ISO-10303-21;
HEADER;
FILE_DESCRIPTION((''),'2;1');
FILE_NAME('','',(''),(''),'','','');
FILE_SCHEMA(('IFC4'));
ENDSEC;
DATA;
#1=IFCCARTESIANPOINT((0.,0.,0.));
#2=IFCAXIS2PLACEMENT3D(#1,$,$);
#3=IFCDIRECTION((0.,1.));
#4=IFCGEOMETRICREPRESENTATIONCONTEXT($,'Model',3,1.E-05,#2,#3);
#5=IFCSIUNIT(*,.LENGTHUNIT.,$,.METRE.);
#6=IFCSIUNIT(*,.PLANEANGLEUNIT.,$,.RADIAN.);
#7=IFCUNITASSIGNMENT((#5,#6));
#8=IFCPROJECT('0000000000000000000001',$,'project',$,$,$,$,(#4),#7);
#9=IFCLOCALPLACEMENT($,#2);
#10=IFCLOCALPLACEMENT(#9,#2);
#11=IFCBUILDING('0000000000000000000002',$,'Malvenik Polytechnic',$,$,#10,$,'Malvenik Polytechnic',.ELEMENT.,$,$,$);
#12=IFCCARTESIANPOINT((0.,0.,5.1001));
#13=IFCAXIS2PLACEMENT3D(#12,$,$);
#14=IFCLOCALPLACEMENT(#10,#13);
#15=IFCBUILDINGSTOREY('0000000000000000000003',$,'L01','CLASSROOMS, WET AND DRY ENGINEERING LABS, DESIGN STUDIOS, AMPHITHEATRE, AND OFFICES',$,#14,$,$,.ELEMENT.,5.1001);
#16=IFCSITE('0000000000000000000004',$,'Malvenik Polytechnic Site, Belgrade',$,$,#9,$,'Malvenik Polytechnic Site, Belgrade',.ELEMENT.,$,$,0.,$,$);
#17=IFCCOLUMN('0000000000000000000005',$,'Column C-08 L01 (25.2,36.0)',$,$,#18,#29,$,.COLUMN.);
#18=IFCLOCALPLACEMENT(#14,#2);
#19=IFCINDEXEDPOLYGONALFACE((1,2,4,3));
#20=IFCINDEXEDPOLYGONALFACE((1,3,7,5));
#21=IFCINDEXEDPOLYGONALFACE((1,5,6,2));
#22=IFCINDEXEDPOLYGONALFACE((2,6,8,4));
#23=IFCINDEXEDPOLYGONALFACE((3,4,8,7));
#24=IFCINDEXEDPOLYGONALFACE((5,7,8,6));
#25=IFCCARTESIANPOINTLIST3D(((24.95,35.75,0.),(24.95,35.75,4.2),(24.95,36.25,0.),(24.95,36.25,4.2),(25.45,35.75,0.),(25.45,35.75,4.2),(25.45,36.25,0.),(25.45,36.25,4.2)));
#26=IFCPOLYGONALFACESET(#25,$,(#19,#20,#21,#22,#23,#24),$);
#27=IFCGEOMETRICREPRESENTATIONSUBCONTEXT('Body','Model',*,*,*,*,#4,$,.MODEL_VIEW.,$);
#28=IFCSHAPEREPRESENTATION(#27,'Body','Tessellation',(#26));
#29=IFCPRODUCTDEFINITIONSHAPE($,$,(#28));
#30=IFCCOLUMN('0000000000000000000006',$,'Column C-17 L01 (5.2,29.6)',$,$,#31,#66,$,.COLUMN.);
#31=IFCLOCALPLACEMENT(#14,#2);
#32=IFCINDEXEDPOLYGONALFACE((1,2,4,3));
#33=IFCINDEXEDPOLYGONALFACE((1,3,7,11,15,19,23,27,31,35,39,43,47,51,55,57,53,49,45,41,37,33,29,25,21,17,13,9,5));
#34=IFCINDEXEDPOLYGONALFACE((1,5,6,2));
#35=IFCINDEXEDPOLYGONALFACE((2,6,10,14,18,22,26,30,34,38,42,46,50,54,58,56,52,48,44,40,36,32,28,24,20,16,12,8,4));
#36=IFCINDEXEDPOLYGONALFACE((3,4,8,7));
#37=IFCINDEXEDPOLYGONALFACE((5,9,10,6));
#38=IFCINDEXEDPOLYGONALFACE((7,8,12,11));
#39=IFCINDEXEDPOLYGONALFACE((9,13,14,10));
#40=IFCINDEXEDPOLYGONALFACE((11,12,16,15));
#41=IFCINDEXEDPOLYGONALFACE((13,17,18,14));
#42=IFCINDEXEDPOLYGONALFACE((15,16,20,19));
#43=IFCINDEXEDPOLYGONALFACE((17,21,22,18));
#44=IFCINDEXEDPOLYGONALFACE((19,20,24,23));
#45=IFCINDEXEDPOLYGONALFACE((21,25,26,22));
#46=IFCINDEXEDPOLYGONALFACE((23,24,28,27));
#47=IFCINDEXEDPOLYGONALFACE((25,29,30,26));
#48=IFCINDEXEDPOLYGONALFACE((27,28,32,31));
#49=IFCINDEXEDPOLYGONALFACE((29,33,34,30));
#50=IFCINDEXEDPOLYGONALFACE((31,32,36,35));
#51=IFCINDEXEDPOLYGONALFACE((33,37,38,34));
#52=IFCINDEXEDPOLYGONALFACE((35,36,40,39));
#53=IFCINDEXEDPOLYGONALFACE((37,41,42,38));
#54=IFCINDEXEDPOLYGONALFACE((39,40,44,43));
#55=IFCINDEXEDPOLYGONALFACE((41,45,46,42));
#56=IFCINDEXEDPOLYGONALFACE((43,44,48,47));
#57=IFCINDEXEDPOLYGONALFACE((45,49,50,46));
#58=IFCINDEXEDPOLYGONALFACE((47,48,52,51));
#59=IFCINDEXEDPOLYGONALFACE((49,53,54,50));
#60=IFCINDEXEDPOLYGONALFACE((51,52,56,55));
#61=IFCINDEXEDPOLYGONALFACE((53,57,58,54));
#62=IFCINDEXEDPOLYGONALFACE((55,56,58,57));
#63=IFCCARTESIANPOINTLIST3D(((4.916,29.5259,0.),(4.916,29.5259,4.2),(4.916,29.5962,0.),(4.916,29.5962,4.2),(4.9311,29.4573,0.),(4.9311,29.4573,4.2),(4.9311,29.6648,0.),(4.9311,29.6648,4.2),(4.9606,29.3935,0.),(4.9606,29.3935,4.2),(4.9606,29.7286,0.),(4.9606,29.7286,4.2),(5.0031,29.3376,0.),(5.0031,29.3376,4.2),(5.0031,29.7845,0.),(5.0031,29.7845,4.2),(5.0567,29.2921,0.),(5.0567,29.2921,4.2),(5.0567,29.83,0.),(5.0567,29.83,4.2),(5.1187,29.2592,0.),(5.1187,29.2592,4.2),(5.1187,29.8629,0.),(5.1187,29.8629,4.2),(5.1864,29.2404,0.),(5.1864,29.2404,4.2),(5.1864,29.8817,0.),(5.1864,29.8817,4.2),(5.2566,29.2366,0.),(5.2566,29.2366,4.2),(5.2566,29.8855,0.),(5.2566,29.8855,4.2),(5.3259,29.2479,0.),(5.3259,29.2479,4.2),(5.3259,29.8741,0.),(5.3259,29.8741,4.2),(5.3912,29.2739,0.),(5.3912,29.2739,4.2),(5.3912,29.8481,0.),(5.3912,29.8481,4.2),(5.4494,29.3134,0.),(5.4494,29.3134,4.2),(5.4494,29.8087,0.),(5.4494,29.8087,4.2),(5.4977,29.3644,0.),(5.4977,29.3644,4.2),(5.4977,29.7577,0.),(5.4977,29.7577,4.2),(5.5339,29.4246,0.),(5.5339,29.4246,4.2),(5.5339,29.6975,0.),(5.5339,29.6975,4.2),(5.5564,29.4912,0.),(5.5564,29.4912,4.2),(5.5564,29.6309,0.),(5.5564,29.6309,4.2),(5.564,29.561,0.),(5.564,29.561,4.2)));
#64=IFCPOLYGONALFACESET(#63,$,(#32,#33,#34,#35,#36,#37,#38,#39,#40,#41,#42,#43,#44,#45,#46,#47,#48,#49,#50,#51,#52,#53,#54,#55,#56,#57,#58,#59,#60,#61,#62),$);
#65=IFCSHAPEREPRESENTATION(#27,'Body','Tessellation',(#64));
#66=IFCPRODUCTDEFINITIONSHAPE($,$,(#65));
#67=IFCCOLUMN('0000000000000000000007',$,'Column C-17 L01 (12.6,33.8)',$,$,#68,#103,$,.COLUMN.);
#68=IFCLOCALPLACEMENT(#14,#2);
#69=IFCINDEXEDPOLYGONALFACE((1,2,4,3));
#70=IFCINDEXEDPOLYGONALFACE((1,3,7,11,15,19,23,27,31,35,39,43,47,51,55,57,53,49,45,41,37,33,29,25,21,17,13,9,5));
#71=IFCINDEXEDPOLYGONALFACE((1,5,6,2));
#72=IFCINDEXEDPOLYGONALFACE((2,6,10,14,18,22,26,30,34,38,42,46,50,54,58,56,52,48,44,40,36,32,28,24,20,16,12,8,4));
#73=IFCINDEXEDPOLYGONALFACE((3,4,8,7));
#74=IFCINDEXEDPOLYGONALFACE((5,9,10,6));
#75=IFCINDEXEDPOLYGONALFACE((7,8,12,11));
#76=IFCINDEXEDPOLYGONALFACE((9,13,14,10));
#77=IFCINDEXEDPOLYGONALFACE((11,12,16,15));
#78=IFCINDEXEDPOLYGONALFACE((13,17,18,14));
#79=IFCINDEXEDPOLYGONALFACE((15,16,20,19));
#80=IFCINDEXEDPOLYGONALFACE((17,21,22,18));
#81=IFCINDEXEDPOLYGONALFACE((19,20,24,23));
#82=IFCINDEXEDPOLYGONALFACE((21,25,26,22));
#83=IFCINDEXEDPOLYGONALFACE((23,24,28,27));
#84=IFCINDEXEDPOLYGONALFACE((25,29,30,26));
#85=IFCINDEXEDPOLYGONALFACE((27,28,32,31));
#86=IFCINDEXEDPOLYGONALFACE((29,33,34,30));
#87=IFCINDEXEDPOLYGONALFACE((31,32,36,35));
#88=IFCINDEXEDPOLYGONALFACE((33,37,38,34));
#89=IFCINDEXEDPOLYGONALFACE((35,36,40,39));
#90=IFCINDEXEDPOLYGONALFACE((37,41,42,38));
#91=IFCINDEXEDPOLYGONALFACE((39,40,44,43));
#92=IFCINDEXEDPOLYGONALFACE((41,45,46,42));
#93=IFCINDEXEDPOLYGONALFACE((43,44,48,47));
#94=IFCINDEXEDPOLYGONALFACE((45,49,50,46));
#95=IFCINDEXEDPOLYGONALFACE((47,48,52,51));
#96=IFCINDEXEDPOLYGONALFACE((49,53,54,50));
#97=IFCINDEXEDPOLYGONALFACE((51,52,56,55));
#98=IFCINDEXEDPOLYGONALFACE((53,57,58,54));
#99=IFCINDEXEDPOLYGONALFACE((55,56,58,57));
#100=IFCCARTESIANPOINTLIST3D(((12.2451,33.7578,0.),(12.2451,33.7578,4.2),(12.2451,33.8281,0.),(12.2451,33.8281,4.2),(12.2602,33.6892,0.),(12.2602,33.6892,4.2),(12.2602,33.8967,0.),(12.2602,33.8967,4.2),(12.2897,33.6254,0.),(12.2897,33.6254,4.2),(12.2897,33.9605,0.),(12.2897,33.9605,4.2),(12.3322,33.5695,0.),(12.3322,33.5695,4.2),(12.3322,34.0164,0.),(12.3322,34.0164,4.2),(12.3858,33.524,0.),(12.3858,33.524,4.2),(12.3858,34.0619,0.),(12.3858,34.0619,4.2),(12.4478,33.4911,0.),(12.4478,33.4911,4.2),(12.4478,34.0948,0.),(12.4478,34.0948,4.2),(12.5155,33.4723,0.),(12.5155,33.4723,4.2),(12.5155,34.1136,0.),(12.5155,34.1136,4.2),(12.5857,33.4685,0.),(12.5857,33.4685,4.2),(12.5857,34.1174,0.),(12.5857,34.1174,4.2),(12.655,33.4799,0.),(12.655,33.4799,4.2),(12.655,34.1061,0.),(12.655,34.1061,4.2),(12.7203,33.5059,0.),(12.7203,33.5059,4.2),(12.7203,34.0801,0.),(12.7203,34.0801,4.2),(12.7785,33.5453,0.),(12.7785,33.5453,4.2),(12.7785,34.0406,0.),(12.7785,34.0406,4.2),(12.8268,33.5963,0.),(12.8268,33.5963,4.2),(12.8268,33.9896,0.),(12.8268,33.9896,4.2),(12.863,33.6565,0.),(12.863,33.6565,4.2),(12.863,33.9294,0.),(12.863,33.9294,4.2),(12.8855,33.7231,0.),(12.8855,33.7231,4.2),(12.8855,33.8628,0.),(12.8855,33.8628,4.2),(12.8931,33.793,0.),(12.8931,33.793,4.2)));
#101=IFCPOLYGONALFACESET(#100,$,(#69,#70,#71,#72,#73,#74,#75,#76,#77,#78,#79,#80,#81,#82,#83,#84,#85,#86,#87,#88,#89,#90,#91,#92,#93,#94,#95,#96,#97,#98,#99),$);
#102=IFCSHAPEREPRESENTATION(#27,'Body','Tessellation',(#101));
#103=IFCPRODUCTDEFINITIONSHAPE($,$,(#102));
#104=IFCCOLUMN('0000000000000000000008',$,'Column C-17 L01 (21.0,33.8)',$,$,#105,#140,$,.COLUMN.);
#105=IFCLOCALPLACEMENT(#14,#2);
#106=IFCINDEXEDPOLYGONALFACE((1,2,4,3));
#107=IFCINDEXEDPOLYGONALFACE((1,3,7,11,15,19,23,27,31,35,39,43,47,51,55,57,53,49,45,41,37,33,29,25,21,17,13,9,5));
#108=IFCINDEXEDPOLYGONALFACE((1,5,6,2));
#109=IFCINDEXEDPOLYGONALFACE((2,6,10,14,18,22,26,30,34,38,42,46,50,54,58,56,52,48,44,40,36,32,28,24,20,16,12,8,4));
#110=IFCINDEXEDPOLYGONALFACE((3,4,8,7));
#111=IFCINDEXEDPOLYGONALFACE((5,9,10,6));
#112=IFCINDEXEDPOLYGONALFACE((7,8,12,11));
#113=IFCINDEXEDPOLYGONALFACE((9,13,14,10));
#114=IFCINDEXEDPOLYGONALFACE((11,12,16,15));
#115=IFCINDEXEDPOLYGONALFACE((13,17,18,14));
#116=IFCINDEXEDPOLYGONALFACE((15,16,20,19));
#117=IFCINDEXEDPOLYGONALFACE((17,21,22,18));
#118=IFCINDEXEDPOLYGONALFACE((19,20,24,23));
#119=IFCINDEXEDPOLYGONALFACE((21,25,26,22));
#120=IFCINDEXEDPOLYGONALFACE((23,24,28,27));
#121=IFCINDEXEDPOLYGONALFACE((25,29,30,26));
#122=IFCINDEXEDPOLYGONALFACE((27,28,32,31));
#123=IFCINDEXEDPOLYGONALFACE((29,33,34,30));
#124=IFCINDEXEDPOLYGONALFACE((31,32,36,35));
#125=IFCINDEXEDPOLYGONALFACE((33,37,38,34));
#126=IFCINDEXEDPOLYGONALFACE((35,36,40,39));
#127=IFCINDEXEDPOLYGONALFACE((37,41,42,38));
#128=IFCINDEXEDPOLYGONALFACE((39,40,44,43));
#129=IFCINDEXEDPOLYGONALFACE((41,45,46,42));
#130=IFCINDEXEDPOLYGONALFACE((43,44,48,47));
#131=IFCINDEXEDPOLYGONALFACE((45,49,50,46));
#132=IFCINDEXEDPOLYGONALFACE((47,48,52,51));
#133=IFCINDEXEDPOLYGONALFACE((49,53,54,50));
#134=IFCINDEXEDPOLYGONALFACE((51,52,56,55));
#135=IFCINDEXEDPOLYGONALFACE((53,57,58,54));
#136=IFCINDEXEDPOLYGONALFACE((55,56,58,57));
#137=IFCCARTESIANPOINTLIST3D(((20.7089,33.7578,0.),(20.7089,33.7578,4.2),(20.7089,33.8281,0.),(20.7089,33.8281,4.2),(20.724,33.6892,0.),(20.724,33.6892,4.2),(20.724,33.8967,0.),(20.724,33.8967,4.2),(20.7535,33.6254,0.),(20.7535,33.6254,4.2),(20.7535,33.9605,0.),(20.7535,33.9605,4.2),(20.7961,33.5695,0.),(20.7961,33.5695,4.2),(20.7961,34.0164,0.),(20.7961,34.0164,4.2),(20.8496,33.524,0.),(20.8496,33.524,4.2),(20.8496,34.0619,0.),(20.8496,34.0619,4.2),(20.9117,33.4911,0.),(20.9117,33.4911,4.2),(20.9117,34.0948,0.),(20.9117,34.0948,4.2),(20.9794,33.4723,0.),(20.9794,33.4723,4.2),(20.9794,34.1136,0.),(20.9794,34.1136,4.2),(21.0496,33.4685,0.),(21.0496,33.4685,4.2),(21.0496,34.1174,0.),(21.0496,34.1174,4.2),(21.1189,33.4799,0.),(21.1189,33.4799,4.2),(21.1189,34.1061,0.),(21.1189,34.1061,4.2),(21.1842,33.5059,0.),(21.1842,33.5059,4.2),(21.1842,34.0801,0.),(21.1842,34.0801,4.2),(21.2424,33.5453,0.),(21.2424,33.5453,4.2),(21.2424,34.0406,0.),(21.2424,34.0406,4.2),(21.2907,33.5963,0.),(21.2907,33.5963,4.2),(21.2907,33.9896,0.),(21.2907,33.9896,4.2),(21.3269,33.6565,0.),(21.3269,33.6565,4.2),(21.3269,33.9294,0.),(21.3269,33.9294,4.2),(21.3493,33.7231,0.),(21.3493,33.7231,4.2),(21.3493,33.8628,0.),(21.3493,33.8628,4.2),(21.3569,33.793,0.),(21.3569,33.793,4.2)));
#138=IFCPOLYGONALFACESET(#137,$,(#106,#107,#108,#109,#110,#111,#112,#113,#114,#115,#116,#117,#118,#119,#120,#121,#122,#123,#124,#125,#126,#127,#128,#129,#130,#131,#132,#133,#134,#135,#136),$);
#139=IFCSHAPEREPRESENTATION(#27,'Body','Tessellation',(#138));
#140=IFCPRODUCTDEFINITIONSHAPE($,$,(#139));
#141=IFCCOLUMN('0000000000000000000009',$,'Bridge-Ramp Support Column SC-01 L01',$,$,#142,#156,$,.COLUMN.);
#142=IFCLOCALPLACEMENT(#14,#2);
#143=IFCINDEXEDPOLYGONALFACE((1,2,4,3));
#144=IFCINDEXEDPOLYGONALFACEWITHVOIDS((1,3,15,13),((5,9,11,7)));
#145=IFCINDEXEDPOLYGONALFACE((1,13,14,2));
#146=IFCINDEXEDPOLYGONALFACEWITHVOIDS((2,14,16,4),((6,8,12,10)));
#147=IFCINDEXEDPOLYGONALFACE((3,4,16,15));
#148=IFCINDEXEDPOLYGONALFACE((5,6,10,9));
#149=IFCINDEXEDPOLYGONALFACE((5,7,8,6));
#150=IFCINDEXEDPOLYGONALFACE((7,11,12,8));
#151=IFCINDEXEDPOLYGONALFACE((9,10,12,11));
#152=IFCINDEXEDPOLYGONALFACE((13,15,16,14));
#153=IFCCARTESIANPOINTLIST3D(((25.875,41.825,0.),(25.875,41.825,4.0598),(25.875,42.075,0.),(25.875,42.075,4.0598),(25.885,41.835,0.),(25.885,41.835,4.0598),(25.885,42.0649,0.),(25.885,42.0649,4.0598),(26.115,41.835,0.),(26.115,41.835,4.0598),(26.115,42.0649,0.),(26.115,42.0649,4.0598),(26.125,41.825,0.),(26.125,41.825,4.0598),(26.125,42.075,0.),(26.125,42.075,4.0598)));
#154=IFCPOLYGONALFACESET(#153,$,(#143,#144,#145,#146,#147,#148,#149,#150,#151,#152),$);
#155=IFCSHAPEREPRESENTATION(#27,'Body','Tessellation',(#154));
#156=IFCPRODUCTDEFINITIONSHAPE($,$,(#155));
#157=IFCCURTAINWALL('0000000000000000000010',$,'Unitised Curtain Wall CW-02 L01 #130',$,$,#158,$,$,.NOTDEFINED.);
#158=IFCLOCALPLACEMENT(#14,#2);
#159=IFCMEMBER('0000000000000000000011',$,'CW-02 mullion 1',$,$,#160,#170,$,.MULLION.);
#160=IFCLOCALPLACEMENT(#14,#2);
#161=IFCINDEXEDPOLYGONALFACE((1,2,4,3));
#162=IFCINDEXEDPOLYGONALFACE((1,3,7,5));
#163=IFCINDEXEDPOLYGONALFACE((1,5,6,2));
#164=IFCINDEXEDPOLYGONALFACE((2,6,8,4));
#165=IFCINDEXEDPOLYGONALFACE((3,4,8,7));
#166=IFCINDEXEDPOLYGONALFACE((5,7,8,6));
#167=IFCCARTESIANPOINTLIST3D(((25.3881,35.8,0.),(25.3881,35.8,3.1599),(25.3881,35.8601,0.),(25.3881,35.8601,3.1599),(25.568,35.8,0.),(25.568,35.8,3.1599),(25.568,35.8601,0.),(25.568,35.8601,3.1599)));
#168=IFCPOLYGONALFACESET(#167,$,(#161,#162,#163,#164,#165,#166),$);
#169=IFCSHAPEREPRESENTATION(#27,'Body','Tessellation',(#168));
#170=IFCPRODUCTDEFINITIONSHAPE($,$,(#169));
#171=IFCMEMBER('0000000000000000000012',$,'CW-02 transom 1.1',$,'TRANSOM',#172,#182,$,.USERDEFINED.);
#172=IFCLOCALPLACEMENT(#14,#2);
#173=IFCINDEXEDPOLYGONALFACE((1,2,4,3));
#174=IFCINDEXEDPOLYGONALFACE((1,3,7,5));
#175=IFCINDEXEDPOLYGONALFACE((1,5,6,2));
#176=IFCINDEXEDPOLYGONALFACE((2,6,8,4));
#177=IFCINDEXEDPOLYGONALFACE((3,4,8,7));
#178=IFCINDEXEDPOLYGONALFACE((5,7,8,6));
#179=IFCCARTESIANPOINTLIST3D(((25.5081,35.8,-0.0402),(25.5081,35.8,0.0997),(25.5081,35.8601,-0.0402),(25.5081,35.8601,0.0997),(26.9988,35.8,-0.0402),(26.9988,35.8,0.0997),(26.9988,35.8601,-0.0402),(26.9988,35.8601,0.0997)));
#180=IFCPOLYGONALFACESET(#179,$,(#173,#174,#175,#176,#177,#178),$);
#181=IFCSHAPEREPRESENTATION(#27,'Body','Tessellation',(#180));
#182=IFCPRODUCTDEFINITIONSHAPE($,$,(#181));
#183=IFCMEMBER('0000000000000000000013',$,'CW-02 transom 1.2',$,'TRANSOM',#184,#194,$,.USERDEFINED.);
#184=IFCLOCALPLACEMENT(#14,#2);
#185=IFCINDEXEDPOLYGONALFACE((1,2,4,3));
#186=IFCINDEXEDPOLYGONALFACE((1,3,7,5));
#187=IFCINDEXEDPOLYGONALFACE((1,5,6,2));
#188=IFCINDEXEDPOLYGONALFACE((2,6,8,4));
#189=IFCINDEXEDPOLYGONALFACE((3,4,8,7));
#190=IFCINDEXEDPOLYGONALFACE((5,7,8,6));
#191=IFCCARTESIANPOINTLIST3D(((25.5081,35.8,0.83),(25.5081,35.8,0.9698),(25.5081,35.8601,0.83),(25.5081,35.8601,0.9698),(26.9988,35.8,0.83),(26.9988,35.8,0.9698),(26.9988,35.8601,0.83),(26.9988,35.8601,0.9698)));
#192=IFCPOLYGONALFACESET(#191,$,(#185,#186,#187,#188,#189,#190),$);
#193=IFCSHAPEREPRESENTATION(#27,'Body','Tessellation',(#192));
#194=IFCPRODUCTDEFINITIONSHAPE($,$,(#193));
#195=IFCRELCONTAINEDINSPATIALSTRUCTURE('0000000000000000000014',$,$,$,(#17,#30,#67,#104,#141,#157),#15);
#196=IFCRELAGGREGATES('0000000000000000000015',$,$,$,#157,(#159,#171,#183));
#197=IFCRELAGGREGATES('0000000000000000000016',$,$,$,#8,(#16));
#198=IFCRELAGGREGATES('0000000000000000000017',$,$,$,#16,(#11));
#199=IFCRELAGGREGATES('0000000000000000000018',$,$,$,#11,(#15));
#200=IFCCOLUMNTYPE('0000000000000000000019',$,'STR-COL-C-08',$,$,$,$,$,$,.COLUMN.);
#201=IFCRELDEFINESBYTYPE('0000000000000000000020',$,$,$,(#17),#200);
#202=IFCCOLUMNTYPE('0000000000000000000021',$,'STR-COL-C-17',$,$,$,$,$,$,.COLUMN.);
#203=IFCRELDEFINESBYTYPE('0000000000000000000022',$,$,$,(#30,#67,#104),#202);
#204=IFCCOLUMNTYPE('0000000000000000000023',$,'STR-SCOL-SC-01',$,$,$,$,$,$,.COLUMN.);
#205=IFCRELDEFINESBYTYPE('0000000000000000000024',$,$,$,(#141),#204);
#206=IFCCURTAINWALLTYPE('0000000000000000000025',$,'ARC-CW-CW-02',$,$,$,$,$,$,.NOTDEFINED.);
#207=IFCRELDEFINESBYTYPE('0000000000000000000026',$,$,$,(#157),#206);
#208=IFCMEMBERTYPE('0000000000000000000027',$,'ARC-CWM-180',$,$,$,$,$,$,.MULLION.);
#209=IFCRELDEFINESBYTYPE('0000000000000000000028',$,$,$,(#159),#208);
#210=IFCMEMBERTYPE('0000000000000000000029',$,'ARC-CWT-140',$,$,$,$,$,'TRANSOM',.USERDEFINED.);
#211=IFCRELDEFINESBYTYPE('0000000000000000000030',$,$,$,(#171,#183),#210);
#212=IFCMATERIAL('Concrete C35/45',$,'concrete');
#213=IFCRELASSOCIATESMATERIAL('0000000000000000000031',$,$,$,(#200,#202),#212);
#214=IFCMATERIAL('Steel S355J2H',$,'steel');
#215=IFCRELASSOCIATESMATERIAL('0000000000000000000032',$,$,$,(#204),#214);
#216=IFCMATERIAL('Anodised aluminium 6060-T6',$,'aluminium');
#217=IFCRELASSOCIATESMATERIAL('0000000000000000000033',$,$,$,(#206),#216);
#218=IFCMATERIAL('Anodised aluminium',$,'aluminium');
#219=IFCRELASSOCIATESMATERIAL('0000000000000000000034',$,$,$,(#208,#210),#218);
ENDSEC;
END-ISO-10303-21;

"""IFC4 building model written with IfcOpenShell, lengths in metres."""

from ifc_helpers import new_model, si_unit, direction, frame, origin, origin_2d, place, context, subcontext, project, spatial, rectangle, hollow_rectangle, circle, extrude, material, material_profile, profile_set, type_object, element, aggregate, save


model = new_model("IFC4")

# Units and contexts
model_context = context("Model", 3, precision=1e-05, world=origin(), true_north=direction((0.0, 1.0)))
body_context = subcontext(model_context, "Body", "Model", "MODEL_VIEW")
ifc_project = project(units=[si_unit("LENGTHUNIT", "METRE"), si_unit("PLANEANGLEUNIT", "RADIAN")], contexts=[model_context])

# Site, building, storey
site_placement = place(None, origin())
site = spatial("IfcSite", under=ifc_project, at=site_placement, Name="Malvenik Polytechnic Site, Belgrade", LongName="Malvenik Polytechnic Site, Belgrade", CompositionType="ELEMENT", RefElevation=0.0)
building_placement = place(site_placement, origin())
building = spatial("IfcBuilding", under=site, at=building_placement, Name="Malvenik Polytechnic", LongName="Malvenik Polytechnic", CompositionType="ELEMENT")
storey_placement = place(building_placement, frame((0.0, 0.0, 5.1001)))
storey = spatial("IfcBuildingStorey", under=building, at=storey_placement, Name="L01", Description="CLASSROOMS, WET AND DRY ENGINEERING LABS, DESIGN STUDIOS, AMPHITHEATRE, AND OFFICES", CompositionType="ELEMENT", Elevation=5.1001)

# Columns
ifc_material_1 = material(Name="Concrete C35/45", Category="concrete")
ifc_material_profile_1 = material_profile(ifc_material_1, rectangle(XDim=0.5, YDim=0.5, at=origin_2d()), Name="RC COL 500x500")
ifc_profile_set_1 = profile_set([ifc_material_profile_1], Name="Concrete C35/45")
column_type_1 = type_object("IfcColumnType", Name="STR-COL-C-08", PredefinedType="COLUMN", material=ifc_profile_set_1)
column_1_placement = place(storey_placement, frame((25.2, 36.0, 0.0), z_axis=(0.0, 0.0, 1.0), x_axis=(1.0, 0.0, 0.0)))
element("IfcColumn", 1, at=column_1_placement, inside=storey, type_object=column_type_1, Name="Column C-08 L01 (25.2,36.0)", PredefinedType="COLUMN", context=body_context, shape_type="SweptSolid", body=[
    extrude(rectangle(XDim=0.5, YDim=0.5, at=origin_2d()), origin(), (0.0, 0.0, 1.0), 4.2),
])
ifc_material_profile_2 = material_profile(ifc_material_1, circle(Radius=0.325, at=origin_2d()), Name="RC COL D650")
ifc_profile_set_2 = profile_set([ifc_material_profile_2], Name="Concrete C35/45")
column_type_2 = type_object("IfcColumnType", Name="STR-COL-C-17", PredefinedType="COLUMN", material=ifc_profile_set_2)
for number, where, z_axis, x_axis, name in (
    (2, (5.239, 29.561, 0.0), (0.0, 0.0, 1.0), (1.0, 0.0, 0.0), "Column C-17 L01 (5.2,29.6)"),
    (3, (12.5681, 33.793, 0.0), (0.0, 0.0, 1.0), (1.0, 0.0, 0.0), "Column C-17 L01 (12.6,33.8)"),
    (4, (21.032, 33.793, 0.0), (0.0, 0.0, 1.0), (1.0, 0.0, 0.0), "Column C-17 L01 (21.0,33.8)"),
):
    element("IfcColumn", number, at=place(storey_placement, frame(where, z_axis=z_axis, x_axis=x_axis)), inside=storey, type_object=column_type_2, Name=name, PredefinedType="COLUMN", context=body_context, shape_type="SweptSolid", body=[
        extrude(circle(Radius=0.325, at=origin_2d()), origin(), (0.0, 0.0, 1.0), 4.2),
    ])
ifc_material_2 = material(Name="Steel S355J2H", Category="steel")
ifc_material_profile_3 = material_profile(ifc_material_2, hollow_rectangle(XDim=0.25, YDim=0.25, WallThickness=0.01, at=origin_2d()), Name="SHS 250x250x10.0")
ifc_profile_set_3 = profile_set([ifc_material_profile_3], Name="Steel S355J2H")
column_type_3 = type_object("IfcColumnType", Name="STR-SCOL-SC-01", PredefinedType="COLUMN", material=ifc_profile_set_3)
column_2_placement = place(storey_placement, frame((26.0, 41.95, 0.0), z_axis=(0.0, 0.0, 1.0), x_axis=(1.0, 0.0, 0.0)))
element("IfcColumn", 5, at=column_2_placement, inside=storey, type_object=column_type_3, Name="Bridge-Ramp Support Column SC-01 L01", PredefinedType="COLUMN", context=body_context, shape_type="SweptSolid", body=[
    extrude(hollow_rectangle(XDim=0.25, YDim=0.25, WallThickness=0.01, at=origin_2d()), origin(), (0.0, 0.0, 1.0), 4.0598),
])

# Curtain wall, members
ifc_material_3 = material(Name="Anodised aluminium 6060-T6", Category="aluminium")
curtain_wall_type = type_object("IfcCurtainWallType", Name="ARC-CW-CW-02", PredefinedType="NOTDEFINED", material=ifc_material_3)
curtain_wall_placement = place(storey_placement, origin())
curtain_wall = element("IfcCurtainWall", 6, at=curtain_wall_placement, inside=storey, type_object=curtain_wall_type, Name="Unitised Curtain Wall CW-02 L01 #130", PredefinedType="NOTDEFINED")
ifc_material_4 = material(Name="Anodised aluminium", Category="aluminium")
ifc_material_profile_4 = material_profile(ifc_material_4, rectangle(XDim=0.0601, YDim=0.1799, at=origin_2d()), Name="ALU MULLION 60x180")
ifc_profile_set_4 = profile_set([ifc_material_profile_4], Name="Anodised aluminium")
member_type_1 = type_object("IfcMemberType", Name="ARC-CWM-180", PredefinedType="MULLION", material=ifc_profile_set_4)
member_1_placement = place(storey_placement, frame((25.478, 35.8301, 0.0), z_axis=(0.0, 0.0, 1.0), x_axis=(0.0, 1.0, 0.0)))
member_1 = element("IfcMember", 7, at=member_1_placement, type_object=member_type_1, Name="CW-02 mullion 1", PredefinedType="MULLION", context=body_context, shape_type="SweptSolid", body=[
    extrude(rectangle(XDim=0.0601, YDim=0.1799, at=origin_2d()), origin(), (0.0, 0.0, 1.0), 3.1599),
])
ifc_material_profile_5 = material_profile(ifc_material_4, rectangle(XDim=0.0601, YDim=0.1399, at=origin_2d()), Name="ALU TRANSOM 60x140")
ifc_profile_set_5 = profile_set([ifc_material_profile_5], Name="Anodised aluminium")
member_type_2 = type_object("IfcMemberType", Name="ARC-CWT-140", ElementType="TRANSOM", PredefinedType="USERDEFINED", material=ifc_profile_set_5)
member_2_placement = place(storey_placement, frame((25.5081, 35.8301, 0.0298), z_axis=(1.0, 0.0, 0.0), x_axis=(0.0, 1.0, 0.0)))
member_2 = element("IfcMember", 8, at=member_2_placement, type_object=member_type_2, Name="CW-02 transom 1.1", ObjectType="TRANSOM", PredefinedType="USERDEFINED", context=body_context, shape_type="SweptSolid", body=[
    extrude(rectangle(XDim=0.0601, YDim=0.1399, at=origin_2d()), origin(), (0.0, 0.0, 1.0), 1.4907),
])
member_3_placement = place(storey_placement, frame((25.5081, 35.8301, 0.8999), z_axis=(1.0, 0.0, 0.0), x_axis=(0.0, 1.0, 0.0)))
member_3 = element("IfcMember", 9, at=member_3_placement, type_object=member_type_2, Name="CW-02 transom 1.2", ObjectType="TRANSOM", PredefinedType="USERDEFINED", context=body_context, shape_type="SweptSolid", body=[
    extrude(rectangle(XDim=0.0601, YDim=0.1399, at=origin_2d()), origin(), (0.0, 0.0, 1.0), 1.4907),
])
aggregate(curtain_wall, [member_1, member_2, member_3])

save(model, "model.ifc")
